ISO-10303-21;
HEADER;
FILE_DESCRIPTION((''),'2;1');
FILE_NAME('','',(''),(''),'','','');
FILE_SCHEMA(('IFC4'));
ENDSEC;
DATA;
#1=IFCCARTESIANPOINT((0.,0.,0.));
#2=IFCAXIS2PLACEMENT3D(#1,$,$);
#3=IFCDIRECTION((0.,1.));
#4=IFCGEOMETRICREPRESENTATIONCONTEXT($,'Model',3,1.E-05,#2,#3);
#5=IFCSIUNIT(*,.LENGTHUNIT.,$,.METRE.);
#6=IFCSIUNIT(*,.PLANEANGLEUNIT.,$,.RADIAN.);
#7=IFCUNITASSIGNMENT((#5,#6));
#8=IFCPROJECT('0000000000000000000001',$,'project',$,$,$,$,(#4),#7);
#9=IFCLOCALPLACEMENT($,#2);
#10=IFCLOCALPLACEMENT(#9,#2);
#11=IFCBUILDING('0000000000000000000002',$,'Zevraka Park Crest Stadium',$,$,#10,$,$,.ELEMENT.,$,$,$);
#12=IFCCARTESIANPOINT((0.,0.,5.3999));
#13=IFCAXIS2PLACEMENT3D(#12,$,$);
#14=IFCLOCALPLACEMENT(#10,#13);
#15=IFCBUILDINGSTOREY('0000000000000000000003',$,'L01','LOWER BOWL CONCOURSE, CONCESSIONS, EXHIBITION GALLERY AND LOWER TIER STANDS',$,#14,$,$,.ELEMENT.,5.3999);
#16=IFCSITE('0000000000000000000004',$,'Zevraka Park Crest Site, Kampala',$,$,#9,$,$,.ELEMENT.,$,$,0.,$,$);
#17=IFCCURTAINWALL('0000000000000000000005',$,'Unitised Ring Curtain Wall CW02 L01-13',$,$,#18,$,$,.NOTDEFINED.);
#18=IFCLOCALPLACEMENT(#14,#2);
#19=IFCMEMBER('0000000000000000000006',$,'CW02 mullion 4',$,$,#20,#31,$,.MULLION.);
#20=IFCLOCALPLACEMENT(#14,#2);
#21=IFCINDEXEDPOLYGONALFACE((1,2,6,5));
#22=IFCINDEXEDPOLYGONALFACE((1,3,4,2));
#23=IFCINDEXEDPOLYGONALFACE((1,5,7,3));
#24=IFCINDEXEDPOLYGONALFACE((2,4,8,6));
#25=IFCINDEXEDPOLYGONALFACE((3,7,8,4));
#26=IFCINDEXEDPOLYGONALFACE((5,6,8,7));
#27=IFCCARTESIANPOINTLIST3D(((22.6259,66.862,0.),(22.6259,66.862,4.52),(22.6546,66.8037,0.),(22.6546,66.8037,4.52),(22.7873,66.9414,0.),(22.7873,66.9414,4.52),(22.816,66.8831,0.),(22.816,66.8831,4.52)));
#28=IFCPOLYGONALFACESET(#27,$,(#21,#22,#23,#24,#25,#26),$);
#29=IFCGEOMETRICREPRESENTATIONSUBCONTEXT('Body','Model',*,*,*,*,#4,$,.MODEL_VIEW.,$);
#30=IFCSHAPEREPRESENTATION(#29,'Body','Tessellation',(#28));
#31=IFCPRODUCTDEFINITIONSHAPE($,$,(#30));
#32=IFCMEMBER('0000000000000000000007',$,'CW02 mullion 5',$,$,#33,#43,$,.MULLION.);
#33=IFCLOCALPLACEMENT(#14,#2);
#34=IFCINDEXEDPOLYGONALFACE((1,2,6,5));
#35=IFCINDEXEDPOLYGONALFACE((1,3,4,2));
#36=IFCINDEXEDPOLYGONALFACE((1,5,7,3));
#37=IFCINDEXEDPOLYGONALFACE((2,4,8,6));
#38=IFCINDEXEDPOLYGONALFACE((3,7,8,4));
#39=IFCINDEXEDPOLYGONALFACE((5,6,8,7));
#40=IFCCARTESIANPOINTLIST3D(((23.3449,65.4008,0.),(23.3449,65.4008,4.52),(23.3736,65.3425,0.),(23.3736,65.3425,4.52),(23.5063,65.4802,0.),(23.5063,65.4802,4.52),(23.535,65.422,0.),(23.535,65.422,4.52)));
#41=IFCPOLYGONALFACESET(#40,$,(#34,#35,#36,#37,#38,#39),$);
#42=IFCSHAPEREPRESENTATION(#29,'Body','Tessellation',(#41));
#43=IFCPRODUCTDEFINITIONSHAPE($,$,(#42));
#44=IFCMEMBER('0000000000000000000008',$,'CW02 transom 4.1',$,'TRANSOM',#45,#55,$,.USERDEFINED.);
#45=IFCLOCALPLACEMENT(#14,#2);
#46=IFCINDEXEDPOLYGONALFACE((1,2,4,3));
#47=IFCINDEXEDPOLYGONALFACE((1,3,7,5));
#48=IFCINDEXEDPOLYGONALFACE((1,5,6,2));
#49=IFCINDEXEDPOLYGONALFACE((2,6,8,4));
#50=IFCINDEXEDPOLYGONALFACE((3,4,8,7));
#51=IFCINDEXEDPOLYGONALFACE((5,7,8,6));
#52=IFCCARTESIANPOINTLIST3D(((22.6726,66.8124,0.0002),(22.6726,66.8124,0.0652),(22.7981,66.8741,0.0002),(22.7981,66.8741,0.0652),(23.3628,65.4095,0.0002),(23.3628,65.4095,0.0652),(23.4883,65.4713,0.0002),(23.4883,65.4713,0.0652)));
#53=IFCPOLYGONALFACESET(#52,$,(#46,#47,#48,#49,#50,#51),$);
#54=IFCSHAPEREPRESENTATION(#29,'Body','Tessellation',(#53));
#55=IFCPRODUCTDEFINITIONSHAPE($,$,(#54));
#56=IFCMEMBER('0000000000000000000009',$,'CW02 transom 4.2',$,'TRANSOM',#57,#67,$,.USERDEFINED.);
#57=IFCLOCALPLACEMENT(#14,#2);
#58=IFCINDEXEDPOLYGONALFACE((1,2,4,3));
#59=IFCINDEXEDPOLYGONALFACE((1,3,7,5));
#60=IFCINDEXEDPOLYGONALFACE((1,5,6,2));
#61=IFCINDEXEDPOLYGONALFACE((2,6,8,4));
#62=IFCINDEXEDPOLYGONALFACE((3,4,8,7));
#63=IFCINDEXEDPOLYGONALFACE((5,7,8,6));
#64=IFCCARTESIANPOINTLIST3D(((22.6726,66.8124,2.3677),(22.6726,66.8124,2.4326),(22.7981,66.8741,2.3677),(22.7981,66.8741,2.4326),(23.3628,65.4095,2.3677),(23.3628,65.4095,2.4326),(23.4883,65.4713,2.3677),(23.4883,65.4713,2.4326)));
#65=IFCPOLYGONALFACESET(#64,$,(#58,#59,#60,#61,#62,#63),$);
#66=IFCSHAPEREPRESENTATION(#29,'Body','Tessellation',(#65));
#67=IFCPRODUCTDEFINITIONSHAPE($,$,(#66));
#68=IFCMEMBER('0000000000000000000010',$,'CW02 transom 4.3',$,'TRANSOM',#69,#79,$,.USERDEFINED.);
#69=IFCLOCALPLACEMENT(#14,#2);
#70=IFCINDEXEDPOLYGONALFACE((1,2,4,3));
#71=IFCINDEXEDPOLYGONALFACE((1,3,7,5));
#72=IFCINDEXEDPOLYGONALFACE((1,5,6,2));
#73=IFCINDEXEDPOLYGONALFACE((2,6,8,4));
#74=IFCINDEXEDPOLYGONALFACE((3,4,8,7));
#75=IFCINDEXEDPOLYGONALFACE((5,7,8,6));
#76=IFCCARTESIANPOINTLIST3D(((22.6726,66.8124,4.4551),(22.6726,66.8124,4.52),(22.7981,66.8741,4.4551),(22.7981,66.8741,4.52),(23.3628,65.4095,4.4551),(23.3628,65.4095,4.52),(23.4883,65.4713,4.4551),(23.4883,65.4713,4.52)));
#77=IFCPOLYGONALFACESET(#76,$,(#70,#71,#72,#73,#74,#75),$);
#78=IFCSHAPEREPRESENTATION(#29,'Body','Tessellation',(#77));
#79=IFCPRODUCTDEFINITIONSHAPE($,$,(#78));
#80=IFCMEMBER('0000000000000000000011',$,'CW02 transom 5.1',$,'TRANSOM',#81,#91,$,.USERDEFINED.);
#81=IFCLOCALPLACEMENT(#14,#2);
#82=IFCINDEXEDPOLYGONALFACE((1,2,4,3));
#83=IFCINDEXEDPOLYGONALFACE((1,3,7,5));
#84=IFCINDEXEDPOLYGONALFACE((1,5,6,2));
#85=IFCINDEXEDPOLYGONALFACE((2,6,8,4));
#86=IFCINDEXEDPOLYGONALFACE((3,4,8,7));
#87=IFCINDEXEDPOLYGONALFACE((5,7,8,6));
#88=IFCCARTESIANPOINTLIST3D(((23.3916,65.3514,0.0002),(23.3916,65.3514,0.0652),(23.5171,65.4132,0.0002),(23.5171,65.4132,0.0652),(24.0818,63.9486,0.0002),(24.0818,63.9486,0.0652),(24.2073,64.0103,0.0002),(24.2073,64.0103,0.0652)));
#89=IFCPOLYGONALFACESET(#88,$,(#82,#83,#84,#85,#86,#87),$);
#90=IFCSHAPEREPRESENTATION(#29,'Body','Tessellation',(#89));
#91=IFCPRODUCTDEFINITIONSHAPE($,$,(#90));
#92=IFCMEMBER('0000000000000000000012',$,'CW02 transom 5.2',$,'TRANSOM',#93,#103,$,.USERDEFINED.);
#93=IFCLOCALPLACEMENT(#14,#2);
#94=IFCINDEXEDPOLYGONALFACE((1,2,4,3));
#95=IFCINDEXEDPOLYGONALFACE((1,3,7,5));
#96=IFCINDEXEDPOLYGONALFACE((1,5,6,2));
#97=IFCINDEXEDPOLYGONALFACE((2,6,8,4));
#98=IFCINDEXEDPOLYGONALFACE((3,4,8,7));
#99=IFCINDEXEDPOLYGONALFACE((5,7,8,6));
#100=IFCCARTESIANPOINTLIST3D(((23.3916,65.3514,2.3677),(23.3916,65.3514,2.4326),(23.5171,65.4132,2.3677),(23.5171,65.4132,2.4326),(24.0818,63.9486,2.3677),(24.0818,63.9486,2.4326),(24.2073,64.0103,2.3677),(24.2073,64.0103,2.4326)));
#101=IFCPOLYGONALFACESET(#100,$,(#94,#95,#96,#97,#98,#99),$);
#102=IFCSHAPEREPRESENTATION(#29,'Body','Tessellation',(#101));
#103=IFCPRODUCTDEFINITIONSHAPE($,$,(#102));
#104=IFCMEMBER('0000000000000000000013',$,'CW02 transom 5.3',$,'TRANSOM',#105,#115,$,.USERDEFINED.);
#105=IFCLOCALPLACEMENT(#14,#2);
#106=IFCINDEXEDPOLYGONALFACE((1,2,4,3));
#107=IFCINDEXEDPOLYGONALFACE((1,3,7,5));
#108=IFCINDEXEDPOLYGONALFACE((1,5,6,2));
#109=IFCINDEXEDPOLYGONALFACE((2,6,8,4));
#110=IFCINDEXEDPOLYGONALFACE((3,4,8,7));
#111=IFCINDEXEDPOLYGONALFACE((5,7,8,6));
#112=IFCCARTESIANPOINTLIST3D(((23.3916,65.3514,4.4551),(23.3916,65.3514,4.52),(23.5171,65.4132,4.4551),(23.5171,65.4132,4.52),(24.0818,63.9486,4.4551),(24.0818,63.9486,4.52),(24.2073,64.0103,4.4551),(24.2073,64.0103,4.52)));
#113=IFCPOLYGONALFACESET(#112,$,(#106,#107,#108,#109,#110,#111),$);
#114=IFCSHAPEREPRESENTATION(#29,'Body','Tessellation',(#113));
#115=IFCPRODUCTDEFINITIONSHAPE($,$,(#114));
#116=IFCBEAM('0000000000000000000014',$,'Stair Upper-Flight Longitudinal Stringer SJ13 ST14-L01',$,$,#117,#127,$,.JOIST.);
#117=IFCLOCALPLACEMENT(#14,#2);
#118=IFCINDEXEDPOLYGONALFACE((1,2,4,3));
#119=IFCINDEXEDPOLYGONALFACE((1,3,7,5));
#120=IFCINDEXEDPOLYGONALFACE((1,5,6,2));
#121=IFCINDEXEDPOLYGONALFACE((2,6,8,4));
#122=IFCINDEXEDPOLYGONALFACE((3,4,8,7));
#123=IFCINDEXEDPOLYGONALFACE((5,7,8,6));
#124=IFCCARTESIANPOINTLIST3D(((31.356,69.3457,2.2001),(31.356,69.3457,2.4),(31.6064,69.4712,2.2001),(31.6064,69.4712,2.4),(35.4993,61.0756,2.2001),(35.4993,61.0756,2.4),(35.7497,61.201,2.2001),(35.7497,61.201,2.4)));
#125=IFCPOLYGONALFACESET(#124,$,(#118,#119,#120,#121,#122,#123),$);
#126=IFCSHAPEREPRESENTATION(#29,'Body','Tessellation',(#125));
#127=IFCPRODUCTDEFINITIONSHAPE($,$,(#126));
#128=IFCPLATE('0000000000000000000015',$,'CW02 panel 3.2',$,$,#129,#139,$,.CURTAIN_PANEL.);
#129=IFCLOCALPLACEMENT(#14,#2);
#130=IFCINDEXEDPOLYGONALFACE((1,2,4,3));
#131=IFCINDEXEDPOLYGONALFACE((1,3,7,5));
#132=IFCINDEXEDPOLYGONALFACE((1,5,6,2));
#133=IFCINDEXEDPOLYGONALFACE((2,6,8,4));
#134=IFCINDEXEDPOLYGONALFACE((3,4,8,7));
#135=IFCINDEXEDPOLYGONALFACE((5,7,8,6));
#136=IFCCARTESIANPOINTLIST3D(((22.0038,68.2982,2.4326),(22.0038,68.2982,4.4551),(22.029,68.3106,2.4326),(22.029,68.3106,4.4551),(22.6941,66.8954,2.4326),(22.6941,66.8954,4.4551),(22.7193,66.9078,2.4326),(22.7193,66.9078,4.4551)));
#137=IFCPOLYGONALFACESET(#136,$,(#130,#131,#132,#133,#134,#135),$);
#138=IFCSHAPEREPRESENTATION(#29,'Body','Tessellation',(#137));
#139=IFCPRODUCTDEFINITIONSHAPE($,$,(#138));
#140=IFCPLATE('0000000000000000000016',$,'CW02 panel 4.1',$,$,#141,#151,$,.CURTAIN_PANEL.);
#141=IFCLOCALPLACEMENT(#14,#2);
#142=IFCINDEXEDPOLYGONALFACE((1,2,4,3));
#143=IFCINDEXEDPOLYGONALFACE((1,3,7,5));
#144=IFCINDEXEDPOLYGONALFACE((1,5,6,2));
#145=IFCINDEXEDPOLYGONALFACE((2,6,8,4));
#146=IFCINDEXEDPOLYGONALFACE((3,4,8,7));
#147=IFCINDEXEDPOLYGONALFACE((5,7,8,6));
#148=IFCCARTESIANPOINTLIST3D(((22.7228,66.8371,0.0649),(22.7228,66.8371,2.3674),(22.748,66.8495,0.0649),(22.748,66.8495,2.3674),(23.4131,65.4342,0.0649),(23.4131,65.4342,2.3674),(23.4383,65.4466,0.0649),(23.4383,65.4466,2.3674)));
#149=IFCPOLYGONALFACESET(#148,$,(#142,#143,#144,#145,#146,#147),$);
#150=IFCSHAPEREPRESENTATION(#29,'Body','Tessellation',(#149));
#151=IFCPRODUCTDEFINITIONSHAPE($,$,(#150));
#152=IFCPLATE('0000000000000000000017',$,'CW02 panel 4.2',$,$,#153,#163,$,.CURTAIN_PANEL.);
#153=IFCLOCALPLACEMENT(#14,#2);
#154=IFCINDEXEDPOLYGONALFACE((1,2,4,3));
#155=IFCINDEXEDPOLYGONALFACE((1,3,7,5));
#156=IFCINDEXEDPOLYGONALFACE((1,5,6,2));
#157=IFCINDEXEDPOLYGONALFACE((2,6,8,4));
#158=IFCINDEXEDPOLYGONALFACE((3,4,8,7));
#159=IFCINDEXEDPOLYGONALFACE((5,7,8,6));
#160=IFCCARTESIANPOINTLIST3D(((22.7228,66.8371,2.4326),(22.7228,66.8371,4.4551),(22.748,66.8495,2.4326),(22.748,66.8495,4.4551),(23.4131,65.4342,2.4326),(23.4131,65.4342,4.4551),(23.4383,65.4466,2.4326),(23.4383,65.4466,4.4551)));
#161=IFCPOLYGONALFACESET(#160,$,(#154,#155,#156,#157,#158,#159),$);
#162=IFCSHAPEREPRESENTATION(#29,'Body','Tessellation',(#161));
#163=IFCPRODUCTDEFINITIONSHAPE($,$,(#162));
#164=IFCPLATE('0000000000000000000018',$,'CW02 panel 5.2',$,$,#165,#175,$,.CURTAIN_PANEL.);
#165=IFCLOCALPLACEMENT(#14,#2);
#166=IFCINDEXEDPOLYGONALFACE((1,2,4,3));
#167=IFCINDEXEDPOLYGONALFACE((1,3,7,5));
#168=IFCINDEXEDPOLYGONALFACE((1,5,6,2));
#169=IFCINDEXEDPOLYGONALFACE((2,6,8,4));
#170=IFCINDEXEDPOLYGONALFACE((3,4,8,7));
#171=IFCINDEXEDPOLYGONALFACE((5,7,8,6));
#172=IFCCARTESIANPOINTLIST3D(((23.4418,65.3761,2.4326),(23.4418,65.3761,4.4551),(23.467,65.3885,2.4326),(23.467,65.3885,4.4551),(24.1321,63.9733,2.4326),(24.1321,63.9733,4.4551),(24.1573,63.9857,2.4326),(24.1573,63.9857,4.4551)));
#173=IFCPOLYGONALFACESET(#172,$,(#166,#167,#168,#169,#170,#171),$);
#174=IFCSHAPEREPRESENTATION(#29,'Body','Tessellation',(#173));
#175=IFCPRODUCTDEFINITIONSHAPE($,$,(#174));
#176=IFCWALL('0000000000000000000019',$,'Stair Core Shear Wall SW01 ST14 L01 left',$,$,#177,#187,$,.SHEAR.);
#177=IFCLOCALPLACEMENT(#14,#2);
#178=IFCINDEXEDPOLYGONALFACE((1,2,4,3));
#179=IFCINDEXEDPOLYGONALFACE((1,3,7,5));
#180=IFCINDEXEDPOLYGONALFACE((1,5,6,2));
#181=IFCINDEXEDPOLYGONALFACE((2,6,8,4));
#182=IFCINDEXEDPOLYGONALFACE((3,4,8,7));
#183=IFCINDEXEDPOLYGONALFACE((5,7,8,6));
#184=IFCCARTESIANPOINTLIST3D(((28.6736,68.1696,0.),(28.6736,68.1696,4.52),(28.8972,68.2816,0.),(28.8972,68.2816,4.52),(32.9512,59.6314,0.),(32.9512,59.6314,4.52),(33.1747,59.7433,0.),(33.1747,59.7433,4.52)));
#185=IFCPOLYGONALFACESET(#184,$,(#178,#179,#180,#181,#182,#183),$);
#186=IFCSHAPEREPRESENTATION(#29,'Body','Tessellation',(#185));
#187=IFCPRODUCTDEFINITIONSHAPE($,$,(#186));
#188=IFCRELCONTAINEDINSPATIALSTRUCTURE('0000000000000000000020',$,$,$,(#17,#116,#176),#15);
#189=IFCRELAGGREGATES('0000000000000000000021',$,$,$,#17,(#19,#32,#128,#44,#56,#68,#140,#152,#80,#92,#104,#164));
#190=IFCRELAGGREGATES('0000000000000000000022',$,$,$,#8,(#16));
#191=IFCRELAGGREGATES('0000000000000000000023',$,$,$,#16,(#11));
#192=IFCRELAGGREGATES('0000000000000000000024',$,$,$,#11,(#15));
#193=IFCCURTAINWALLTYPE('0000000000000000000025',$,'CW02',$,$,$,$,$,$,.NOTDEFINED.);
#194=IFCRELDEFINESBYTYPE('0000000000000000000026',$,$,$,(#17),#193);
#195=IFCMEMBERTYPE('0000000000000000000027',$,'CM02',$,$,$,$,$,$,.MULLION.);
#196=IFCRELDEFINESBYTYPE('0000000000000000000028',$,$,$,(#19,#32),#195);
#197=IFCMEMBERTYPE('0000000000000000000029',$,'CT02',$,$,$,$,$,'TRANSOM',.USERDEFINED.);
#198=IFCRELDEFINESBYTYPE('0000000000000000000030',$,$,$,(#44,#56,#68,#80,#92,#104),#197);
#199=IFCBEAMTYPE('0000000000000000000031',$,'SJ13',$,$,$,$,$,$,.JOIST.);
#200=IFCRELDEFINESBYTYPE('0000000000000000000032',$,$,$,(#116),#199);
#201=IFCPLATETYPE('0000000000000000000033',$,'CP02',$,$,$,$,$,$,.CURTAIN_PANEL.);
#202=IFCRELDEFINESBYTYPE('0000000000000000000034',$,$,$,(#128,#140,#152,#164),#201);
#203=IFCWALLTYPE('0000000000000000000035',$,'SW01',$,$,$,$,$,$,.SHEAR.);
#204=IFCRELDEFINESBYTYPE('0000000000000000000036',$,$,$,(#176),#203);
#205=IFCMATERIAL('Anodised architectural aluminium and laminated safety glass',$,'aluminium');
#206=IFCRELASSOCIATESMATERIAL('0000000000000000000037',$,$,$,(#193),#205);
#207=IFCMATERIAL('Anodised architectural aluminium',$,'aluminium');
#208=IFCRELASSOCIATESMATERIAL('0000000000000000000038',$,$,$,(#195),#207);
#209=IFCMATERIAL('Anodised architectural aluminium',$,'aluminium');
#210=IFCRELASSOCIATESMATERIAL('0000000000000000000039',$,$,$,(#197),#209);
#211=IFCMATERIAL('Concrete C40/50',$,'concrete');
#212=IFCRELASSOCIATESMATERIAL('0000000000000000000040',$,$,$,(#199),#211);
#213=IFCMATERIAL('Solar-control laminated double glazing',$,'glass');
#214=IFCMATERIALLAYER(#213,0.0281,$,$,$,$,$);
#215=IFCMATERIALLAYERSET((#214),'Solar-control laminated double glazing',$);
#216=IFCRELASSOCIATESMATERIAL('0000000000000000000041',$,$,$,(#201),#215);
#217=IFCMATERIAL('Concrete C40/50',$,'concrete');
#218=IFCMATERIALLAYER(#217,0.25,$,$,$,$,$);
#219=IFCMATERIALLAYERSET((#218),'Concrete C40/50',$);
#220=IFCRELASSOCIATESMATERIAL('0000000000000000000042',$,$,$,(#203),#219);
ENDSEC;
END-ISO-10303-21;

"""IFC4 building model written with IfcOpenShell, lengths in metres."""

from ifc_helpers import new_model, si_unit, direction, frame, frame_2d, origin, origin_2d, place, context, subcontext, project, spatial, rectangle, extrude, material, layer, layer_set, material_profile, profile_set, type_object, element, aggregate, save


model = new_model("IFC4")

# Units and contexts
model_context = context("Model", 3, precision=1e-05, world=origin(), true_north=direction((0.0, 1.0)))
body_context = subcontext(model_context, "Body", "Model", "MODEL_VIEW")
ifc_project = project(units=[si_unit("LENGTHUNIT", "METRE"), si_unit("PLANEANGLEUNIT", "RADIAN")], contexts=[model_context])

# Site, building, storey
site_placement = place(None, origin())
site = spatial("IfcSite", under=ifc_project, at=site_placement, Name="Zevraka Park Crest Site, Kampala", CompositionType="ELEMENT", RefElevation=0.0)
building_placement = place(site_placement, origin())
building = spatial("IfcBuilding", under=site, at=building_placement, Name="Zevraka Park Crest Stadium", CompositionType="ELEMENT")
storey_placement = place(building_placement, frame((0.0, 0.0, 5.3999)))
storey = spatial("IfcBuildingStorey", under=building, at=storey_placement, Name="L01", Description="LOWER BOWL CONCOURSE, CONCESSIONS, EXHIBITION GALLERY AND LOWER TIER STANDS", CompositionType="ELEMENT", Elevation=5.3999)

# Curtain wall, members
ifc_material_1 = material(Name="Anodised architectural aluminium and laminated safety glass", Category="aluminium")
curtain_wall_type = type_object("IfcCurtainWallType", Name="CW02", PredefinedType="NOTDEFINED", material=ifc_material_1)
curtain_wall_placement = place(storey_placement, origin())
curtain_wall = element("IfcCurtainWall", 1, at=curtain_wall_placement, inside=storey, type_object=curtain_wall_type, Name="Unitised Ring Curtain Wall CW02 L01-13", PredefinedType="NOTDEFINED")
ifc_material_2 = material(Name="Anodised architectural aluminium", Category="aluminium")
ifc_material_profile_1 = material_profile(ifc_material_2, rectangle(XDim=0.1799, YDim=0.0649, at=origin_2d()), Name="ALU MULLION 180x65")
ifc_profile_set_1 = profile_set([ifc_material_profile_1], Name="Anodised architectural aluminium")
member_type_1 = type_object("IfcMemberType", Name="CM02", PredefinedType="MULLION", material=ifc_profile_set_1)
member_1_placement = place(storey_placement, frame((22.7209, 66.8726, 0.0), z_axis=(0.0, 0.0, 1.0), x_axis=(0.897253, 0.441517, 0.0)))
member_1 = element("IfcMember", 2, at=member_1_placement, type_object=member_type_1, Name="CW02 mullion 4", PredefinedType="MULLION", context=body_context, shape_type="SweptSolid", body=[
    extrude(rectangle(XDim=0.1799, YDim=0.0649, at=origin_2d()), origin(), (0.0, 0.0, 1.0), 4.52),
])
member_2_placement = place(storey_placement, frame((23.4399, 65.4114, 0.0), z_axis=(0.0, 0.0, 1.0), x_axis=(0.897253, 0.441517, 0.0)))
member_2 = element("IfcMember", 3, at=member_2_placement, type_object=member_type_1, Name="CW02 mullion 5", PredefinedType="MULLION", context=body_context, shape_type="SweptSolid", body=[
    extrude(rectangle(XDim=0.1799, YDim=0.0649, at=origin_2d()), origin(), (0.0, 0.0, 1.0), 4.52),
])
ifc_material_3 = material(Name="Anodised architectural aluminium", Category="aluminium")
ifc_material_profile_2 = material_profile(ifc_material_3, rectangle(XDim=0.1399, YDim=0.0649, at=origin_2d()), Name="ALU TRANSOM 140x65")
ifc_profile_set_2 = profile_set([ifc_material_profile_2], Name="Anodised architectural aluminium")
member_type_2 = type_object("IfcMemberType", Name="CT02", ElementType="TRANSOM", PredefinedType="USERDEFINED", material=ifc_profile_set_2)
member_3_placement = place(storey_placement, frame((22.7354, 66.8433, 0.0327), z_axis=(0.441458, -0.897282, 0.0), x_axis=(0.897282, 0.441458, 0.0)))
member_3 = element("IfcMember", 4, at=member_3_placement, type_object=member_type_2, Name="CW02 transom 4.1", ObjectType="TRANSOM", PredefinedType="USERDEFINED", context=body_context, shape_type="SweptSolid", body=[
    extrude(rectangle(XDim=0.1399, YDim=0.0649, at=origin_2d()), origin(), (0.0, 0.0, 1.0), 1.5635),
])
member_4_placement = place(storey_placement, frame((22.7354, 66.8433, 2.4001), z_axis=(0.441458, -0.897282, 0.0), x_axis=(0.897282, 0.441458, 0.0)))
member_4 = element("IfcMember", 5, at=member_4_placement, type_object=member_type_2, Name="CW02 transom 4.2", ObjectType="TRANSOM", PredefinedType="USERDEFINED", context=body_context, shape_type="SweptSolid", body=[
    extrude(rectangle(XDim=0.1399, YDim=0.0649, at=origin_2d()), origin(), (0.0, 0.0, 1.0), 1.5635),
])
member_5_placement = place(storey_placement, frame((22.7354, 66.8433, 4.4875), z_axis=(0.441458, -0.897282, 0.0), x_axis=(0.897282, 0.441458, 0.0)))
member_5 = element("IfcMember", 6, at=member_5_placement, type_object=member_type_2, Name="CW02 transom 4.3", ObjectType="TRANSOM", PredefinedType="USERDEFINED", context=body_context, shape_type="SweptSolid", body=[
    extrude(rectangle(XDim=0.1399, YDim=0.0649, at=origin_2d()), origin(), (0.0, 0.0, 1.0), 1.5635),
])
member_6_placement = place(storey_placement, frame((23.4543, 65.3823, 0.0327), z_axis=(0.441458, -0.897282, 0.0), x_axis=(0.897282, 0.441458, 0.0)))
member_6 = element("IfcMember", 7, at=member_6_placement, type_object=member_type_2, Name="CW02 transom 5.1", ObjectType="TRANSOM", PredefinedType="USERDEFINED", context=body_context, shape_type="SweptSolid", body=[
    extrude(rectangle(XDim=0.1399, YDim=0.0649, at=origin_2d()), origin(), (0.0, 0.0, 1.0), 1.5635),
])
member_7_placement = place(storey_placement, frame((23.4543, 65.3823, 2.4001), z_axis=(0.441458, -0.897282, 0.0), x_axis=(0.897282, 0.441458, 0.0)))
member_7 = element("IfcMember", 8, at=member_7_placement, type_object=member_type_2, Name="CW02 transom 5.2", ObjectType="TRANSOM", PredefinedType="USERDEFINED", context=body_context, shape_type="SweptSolid", body=[
    extrude(rectangle(XDim=0.1399, YDim=0.0649, at=origin_2d()), origin(), (0.0, 0.0, 1.0), 1.5635),
])
member_8_placement = place(storey_placement, frame((23.4543, 65.3823, 4.4875), z_axis=(0.441458, -0.897282, 0.0), x_axis=(0.897282, 0.441458, 0.0)))
member_8 = element("IfcMember", 9, at=member_8_placement, type_object=member_type_2, Name="CW02 transom 5.3", ObjectType="TRANSOM", PredefinedType="USERDEFINED", context=body_context, shape_type="SweptSolid", body=[
    extrude(rectangle(XDim=0.1399, YDim=0.0649, at=origin_2d()), origin(), (0.0, 0.0, 1.0), 1.5635),
])

# Beam
ifc_material_4 = material(Name="Concrete C40/50", Category="concrete")
ifc_material_profile_3 = material_profile(ifc_material_4, rectangle(XDim=0.28, YDim=0.2, at=origin_2d()), Name="RC 200x280")
ifc_profile_set_3 = profile_set([ifc_material_profile_3], Name="Concrete C40/50")
beam_type = type_object("IfcBeamType", Name="SJ13", PredefinedType="JOIST", material=ifc_profile_set_3)
beam_placement = place(storey_placement, frame((31.4812, 69.4084, 2.3), z_axis=(0.447921, -0.894073, 0.0), x_axis=(0.894073, 0.447921, 0.0)))
element("IfcBeam", 10, at=beam_placement, inside=storey, type_object=beam_type, Name="Stair Upper-Flight Longitudinal Stringer SJ13 ST14-L01", PredefinedType="JOIST", context=body_context, shape_type="SweptSolid", body=[
    extrude(rectangle(XDim=0.28, YDim=0.2, at=origin_2d()), origin(), (0.0, 0.0, 1.0), 9.25),
])

# Plates
ifc_material_5 = material(Name="Solar-control laminated double glazing", Category="glass")
ifc_layer_1 = layer(ifc_material_5, 0.0281)
ifc_layer_set_1 = layer_set([ifc_layer_1], Name="Solar-control laminated double glazing")
plate_type = type_object("IfcPlateType", Name="CP02", PredefinedType="CURTAIN_PANEL", material=ifc_layer_set_1)
plate_1_placement = place(storey_placement, frame((22.3616, 67.603, 2.4326), z_axis=(0.0, 0.0, 1.0), x_axis=(0.441517, -0.897253, 0.0)))
plate_1 = element("IfcPlate", 11, at=plate_1_placement, type_object=plate_type, Name="CW02 panel 3.2", PredefinedType="CURTAIN_PANEL", context=body_context, shape_type="SweptSolid", body=[
    extrude(rectangle(XDim=1.5635, YDim=0.0281, at=origin_2d()), origin(), (0.0, 0.0, 1.0), 2.0225),
])
plate_2_placement = place(storey_placement, frame((23.0806, 66.1418, 0.0649), z_axis=(0.0, 0.0, 1.0), x_axis=(0.441517, -0.897253, 0.0)))
plate_2 = element("IfcPlate", 12, at=plate_2_placement, type_object=plate_type, Name="CW02 panel 4.1", PredefinedType="CURTAIN_PANEL", context=body_context, shape_type="SweptSolid", body=[
    extrude(rectangle(XDim=1.5635, YDim=0.0281, at=origin_2d()), origin(), (0.0, 0.0, 1.0), 2.3025),
])
plate_3_placement = place(storey_placement, frame((23.0806, 66.1418, 2.4326), z_axis=(0.0, 0.0, 1.0), x_axis=(0.441517, -0.897253, 0.0)))
plate_3 = element("IfcPlate", 13, at=plate_3_placement, type_object=plate_type, Name="CW02 panel 4.2", PredefinedType="CURTAIN_PANEL", context=body_context, shape_type="SweptSolid", body=[
    extrude(rectangle(XDim=1.5635, YDim=0.0281, at=origin_2d()), origin(), (0.0, 0.0, 1.0), 2.0225),
])
plate_4_placement = place(storey_placement, frame((23.7996, 64.6809, 2.4326), z_axis=(0.0, 0.0, 1.0), x_axis=(0.441517, -0.897253, 0.0)))
plate_4 = element("IfcPlate", 14, at=plate_4_placement, type_object=plate_type, Name="CW02 panel 5.2", PredefinedType="CURTAIN_PANEL", context=body_context, shape_type="SweptSolid", body=[
    extrude(rectangle(XDim=1.5635, YDim=0.0281, at=origin_2d()), origin(), (0.0, 0.0, 1.0), 2.0225),
])
aggregate(curtain_wall, [member_1, member_2, plate_1, member_3, member_4, member_5, plate_2, plate_3, member_6, member_7, member_8, plate_4])

# Wall
ifc_material_6 = material(Name="Concrete C40/50", Category="concrete")
ifc_layer_2 = layer(ifc_material_6, 0.25)
ifc_layer_set_2 = layer_set([ifc_layer_2], Name="Concrete C40/50")
wall_type = type_object("IfcWallType", Name="SW01", PredefinedType="SHEAR", material=ifc_layer_set_2)
wall_placement = place(storey_placement, frame((28.7854, 68.2256, 0.0), z_axis=(0.0, 0.0, 1.0), x_axis=(0.447919, -0.894074, 0.0)))
element("IfcWall", 15, at=wall_placement, inside=storey, type_object=wall_type, Name="Stair Core Shear Wall SW01 ST14 L01 left", PredefinedType="SHEAR", context=body_context, shape_type="SweptSolid", body=[
    extrude(rectangle(XDim=9.5498, YDim=0.25, at=frame_2d((4.7749, 0.0))), origin(), (0.0, 0.0, 1.0), 4.52),
])

save(model, "model.ifc")
